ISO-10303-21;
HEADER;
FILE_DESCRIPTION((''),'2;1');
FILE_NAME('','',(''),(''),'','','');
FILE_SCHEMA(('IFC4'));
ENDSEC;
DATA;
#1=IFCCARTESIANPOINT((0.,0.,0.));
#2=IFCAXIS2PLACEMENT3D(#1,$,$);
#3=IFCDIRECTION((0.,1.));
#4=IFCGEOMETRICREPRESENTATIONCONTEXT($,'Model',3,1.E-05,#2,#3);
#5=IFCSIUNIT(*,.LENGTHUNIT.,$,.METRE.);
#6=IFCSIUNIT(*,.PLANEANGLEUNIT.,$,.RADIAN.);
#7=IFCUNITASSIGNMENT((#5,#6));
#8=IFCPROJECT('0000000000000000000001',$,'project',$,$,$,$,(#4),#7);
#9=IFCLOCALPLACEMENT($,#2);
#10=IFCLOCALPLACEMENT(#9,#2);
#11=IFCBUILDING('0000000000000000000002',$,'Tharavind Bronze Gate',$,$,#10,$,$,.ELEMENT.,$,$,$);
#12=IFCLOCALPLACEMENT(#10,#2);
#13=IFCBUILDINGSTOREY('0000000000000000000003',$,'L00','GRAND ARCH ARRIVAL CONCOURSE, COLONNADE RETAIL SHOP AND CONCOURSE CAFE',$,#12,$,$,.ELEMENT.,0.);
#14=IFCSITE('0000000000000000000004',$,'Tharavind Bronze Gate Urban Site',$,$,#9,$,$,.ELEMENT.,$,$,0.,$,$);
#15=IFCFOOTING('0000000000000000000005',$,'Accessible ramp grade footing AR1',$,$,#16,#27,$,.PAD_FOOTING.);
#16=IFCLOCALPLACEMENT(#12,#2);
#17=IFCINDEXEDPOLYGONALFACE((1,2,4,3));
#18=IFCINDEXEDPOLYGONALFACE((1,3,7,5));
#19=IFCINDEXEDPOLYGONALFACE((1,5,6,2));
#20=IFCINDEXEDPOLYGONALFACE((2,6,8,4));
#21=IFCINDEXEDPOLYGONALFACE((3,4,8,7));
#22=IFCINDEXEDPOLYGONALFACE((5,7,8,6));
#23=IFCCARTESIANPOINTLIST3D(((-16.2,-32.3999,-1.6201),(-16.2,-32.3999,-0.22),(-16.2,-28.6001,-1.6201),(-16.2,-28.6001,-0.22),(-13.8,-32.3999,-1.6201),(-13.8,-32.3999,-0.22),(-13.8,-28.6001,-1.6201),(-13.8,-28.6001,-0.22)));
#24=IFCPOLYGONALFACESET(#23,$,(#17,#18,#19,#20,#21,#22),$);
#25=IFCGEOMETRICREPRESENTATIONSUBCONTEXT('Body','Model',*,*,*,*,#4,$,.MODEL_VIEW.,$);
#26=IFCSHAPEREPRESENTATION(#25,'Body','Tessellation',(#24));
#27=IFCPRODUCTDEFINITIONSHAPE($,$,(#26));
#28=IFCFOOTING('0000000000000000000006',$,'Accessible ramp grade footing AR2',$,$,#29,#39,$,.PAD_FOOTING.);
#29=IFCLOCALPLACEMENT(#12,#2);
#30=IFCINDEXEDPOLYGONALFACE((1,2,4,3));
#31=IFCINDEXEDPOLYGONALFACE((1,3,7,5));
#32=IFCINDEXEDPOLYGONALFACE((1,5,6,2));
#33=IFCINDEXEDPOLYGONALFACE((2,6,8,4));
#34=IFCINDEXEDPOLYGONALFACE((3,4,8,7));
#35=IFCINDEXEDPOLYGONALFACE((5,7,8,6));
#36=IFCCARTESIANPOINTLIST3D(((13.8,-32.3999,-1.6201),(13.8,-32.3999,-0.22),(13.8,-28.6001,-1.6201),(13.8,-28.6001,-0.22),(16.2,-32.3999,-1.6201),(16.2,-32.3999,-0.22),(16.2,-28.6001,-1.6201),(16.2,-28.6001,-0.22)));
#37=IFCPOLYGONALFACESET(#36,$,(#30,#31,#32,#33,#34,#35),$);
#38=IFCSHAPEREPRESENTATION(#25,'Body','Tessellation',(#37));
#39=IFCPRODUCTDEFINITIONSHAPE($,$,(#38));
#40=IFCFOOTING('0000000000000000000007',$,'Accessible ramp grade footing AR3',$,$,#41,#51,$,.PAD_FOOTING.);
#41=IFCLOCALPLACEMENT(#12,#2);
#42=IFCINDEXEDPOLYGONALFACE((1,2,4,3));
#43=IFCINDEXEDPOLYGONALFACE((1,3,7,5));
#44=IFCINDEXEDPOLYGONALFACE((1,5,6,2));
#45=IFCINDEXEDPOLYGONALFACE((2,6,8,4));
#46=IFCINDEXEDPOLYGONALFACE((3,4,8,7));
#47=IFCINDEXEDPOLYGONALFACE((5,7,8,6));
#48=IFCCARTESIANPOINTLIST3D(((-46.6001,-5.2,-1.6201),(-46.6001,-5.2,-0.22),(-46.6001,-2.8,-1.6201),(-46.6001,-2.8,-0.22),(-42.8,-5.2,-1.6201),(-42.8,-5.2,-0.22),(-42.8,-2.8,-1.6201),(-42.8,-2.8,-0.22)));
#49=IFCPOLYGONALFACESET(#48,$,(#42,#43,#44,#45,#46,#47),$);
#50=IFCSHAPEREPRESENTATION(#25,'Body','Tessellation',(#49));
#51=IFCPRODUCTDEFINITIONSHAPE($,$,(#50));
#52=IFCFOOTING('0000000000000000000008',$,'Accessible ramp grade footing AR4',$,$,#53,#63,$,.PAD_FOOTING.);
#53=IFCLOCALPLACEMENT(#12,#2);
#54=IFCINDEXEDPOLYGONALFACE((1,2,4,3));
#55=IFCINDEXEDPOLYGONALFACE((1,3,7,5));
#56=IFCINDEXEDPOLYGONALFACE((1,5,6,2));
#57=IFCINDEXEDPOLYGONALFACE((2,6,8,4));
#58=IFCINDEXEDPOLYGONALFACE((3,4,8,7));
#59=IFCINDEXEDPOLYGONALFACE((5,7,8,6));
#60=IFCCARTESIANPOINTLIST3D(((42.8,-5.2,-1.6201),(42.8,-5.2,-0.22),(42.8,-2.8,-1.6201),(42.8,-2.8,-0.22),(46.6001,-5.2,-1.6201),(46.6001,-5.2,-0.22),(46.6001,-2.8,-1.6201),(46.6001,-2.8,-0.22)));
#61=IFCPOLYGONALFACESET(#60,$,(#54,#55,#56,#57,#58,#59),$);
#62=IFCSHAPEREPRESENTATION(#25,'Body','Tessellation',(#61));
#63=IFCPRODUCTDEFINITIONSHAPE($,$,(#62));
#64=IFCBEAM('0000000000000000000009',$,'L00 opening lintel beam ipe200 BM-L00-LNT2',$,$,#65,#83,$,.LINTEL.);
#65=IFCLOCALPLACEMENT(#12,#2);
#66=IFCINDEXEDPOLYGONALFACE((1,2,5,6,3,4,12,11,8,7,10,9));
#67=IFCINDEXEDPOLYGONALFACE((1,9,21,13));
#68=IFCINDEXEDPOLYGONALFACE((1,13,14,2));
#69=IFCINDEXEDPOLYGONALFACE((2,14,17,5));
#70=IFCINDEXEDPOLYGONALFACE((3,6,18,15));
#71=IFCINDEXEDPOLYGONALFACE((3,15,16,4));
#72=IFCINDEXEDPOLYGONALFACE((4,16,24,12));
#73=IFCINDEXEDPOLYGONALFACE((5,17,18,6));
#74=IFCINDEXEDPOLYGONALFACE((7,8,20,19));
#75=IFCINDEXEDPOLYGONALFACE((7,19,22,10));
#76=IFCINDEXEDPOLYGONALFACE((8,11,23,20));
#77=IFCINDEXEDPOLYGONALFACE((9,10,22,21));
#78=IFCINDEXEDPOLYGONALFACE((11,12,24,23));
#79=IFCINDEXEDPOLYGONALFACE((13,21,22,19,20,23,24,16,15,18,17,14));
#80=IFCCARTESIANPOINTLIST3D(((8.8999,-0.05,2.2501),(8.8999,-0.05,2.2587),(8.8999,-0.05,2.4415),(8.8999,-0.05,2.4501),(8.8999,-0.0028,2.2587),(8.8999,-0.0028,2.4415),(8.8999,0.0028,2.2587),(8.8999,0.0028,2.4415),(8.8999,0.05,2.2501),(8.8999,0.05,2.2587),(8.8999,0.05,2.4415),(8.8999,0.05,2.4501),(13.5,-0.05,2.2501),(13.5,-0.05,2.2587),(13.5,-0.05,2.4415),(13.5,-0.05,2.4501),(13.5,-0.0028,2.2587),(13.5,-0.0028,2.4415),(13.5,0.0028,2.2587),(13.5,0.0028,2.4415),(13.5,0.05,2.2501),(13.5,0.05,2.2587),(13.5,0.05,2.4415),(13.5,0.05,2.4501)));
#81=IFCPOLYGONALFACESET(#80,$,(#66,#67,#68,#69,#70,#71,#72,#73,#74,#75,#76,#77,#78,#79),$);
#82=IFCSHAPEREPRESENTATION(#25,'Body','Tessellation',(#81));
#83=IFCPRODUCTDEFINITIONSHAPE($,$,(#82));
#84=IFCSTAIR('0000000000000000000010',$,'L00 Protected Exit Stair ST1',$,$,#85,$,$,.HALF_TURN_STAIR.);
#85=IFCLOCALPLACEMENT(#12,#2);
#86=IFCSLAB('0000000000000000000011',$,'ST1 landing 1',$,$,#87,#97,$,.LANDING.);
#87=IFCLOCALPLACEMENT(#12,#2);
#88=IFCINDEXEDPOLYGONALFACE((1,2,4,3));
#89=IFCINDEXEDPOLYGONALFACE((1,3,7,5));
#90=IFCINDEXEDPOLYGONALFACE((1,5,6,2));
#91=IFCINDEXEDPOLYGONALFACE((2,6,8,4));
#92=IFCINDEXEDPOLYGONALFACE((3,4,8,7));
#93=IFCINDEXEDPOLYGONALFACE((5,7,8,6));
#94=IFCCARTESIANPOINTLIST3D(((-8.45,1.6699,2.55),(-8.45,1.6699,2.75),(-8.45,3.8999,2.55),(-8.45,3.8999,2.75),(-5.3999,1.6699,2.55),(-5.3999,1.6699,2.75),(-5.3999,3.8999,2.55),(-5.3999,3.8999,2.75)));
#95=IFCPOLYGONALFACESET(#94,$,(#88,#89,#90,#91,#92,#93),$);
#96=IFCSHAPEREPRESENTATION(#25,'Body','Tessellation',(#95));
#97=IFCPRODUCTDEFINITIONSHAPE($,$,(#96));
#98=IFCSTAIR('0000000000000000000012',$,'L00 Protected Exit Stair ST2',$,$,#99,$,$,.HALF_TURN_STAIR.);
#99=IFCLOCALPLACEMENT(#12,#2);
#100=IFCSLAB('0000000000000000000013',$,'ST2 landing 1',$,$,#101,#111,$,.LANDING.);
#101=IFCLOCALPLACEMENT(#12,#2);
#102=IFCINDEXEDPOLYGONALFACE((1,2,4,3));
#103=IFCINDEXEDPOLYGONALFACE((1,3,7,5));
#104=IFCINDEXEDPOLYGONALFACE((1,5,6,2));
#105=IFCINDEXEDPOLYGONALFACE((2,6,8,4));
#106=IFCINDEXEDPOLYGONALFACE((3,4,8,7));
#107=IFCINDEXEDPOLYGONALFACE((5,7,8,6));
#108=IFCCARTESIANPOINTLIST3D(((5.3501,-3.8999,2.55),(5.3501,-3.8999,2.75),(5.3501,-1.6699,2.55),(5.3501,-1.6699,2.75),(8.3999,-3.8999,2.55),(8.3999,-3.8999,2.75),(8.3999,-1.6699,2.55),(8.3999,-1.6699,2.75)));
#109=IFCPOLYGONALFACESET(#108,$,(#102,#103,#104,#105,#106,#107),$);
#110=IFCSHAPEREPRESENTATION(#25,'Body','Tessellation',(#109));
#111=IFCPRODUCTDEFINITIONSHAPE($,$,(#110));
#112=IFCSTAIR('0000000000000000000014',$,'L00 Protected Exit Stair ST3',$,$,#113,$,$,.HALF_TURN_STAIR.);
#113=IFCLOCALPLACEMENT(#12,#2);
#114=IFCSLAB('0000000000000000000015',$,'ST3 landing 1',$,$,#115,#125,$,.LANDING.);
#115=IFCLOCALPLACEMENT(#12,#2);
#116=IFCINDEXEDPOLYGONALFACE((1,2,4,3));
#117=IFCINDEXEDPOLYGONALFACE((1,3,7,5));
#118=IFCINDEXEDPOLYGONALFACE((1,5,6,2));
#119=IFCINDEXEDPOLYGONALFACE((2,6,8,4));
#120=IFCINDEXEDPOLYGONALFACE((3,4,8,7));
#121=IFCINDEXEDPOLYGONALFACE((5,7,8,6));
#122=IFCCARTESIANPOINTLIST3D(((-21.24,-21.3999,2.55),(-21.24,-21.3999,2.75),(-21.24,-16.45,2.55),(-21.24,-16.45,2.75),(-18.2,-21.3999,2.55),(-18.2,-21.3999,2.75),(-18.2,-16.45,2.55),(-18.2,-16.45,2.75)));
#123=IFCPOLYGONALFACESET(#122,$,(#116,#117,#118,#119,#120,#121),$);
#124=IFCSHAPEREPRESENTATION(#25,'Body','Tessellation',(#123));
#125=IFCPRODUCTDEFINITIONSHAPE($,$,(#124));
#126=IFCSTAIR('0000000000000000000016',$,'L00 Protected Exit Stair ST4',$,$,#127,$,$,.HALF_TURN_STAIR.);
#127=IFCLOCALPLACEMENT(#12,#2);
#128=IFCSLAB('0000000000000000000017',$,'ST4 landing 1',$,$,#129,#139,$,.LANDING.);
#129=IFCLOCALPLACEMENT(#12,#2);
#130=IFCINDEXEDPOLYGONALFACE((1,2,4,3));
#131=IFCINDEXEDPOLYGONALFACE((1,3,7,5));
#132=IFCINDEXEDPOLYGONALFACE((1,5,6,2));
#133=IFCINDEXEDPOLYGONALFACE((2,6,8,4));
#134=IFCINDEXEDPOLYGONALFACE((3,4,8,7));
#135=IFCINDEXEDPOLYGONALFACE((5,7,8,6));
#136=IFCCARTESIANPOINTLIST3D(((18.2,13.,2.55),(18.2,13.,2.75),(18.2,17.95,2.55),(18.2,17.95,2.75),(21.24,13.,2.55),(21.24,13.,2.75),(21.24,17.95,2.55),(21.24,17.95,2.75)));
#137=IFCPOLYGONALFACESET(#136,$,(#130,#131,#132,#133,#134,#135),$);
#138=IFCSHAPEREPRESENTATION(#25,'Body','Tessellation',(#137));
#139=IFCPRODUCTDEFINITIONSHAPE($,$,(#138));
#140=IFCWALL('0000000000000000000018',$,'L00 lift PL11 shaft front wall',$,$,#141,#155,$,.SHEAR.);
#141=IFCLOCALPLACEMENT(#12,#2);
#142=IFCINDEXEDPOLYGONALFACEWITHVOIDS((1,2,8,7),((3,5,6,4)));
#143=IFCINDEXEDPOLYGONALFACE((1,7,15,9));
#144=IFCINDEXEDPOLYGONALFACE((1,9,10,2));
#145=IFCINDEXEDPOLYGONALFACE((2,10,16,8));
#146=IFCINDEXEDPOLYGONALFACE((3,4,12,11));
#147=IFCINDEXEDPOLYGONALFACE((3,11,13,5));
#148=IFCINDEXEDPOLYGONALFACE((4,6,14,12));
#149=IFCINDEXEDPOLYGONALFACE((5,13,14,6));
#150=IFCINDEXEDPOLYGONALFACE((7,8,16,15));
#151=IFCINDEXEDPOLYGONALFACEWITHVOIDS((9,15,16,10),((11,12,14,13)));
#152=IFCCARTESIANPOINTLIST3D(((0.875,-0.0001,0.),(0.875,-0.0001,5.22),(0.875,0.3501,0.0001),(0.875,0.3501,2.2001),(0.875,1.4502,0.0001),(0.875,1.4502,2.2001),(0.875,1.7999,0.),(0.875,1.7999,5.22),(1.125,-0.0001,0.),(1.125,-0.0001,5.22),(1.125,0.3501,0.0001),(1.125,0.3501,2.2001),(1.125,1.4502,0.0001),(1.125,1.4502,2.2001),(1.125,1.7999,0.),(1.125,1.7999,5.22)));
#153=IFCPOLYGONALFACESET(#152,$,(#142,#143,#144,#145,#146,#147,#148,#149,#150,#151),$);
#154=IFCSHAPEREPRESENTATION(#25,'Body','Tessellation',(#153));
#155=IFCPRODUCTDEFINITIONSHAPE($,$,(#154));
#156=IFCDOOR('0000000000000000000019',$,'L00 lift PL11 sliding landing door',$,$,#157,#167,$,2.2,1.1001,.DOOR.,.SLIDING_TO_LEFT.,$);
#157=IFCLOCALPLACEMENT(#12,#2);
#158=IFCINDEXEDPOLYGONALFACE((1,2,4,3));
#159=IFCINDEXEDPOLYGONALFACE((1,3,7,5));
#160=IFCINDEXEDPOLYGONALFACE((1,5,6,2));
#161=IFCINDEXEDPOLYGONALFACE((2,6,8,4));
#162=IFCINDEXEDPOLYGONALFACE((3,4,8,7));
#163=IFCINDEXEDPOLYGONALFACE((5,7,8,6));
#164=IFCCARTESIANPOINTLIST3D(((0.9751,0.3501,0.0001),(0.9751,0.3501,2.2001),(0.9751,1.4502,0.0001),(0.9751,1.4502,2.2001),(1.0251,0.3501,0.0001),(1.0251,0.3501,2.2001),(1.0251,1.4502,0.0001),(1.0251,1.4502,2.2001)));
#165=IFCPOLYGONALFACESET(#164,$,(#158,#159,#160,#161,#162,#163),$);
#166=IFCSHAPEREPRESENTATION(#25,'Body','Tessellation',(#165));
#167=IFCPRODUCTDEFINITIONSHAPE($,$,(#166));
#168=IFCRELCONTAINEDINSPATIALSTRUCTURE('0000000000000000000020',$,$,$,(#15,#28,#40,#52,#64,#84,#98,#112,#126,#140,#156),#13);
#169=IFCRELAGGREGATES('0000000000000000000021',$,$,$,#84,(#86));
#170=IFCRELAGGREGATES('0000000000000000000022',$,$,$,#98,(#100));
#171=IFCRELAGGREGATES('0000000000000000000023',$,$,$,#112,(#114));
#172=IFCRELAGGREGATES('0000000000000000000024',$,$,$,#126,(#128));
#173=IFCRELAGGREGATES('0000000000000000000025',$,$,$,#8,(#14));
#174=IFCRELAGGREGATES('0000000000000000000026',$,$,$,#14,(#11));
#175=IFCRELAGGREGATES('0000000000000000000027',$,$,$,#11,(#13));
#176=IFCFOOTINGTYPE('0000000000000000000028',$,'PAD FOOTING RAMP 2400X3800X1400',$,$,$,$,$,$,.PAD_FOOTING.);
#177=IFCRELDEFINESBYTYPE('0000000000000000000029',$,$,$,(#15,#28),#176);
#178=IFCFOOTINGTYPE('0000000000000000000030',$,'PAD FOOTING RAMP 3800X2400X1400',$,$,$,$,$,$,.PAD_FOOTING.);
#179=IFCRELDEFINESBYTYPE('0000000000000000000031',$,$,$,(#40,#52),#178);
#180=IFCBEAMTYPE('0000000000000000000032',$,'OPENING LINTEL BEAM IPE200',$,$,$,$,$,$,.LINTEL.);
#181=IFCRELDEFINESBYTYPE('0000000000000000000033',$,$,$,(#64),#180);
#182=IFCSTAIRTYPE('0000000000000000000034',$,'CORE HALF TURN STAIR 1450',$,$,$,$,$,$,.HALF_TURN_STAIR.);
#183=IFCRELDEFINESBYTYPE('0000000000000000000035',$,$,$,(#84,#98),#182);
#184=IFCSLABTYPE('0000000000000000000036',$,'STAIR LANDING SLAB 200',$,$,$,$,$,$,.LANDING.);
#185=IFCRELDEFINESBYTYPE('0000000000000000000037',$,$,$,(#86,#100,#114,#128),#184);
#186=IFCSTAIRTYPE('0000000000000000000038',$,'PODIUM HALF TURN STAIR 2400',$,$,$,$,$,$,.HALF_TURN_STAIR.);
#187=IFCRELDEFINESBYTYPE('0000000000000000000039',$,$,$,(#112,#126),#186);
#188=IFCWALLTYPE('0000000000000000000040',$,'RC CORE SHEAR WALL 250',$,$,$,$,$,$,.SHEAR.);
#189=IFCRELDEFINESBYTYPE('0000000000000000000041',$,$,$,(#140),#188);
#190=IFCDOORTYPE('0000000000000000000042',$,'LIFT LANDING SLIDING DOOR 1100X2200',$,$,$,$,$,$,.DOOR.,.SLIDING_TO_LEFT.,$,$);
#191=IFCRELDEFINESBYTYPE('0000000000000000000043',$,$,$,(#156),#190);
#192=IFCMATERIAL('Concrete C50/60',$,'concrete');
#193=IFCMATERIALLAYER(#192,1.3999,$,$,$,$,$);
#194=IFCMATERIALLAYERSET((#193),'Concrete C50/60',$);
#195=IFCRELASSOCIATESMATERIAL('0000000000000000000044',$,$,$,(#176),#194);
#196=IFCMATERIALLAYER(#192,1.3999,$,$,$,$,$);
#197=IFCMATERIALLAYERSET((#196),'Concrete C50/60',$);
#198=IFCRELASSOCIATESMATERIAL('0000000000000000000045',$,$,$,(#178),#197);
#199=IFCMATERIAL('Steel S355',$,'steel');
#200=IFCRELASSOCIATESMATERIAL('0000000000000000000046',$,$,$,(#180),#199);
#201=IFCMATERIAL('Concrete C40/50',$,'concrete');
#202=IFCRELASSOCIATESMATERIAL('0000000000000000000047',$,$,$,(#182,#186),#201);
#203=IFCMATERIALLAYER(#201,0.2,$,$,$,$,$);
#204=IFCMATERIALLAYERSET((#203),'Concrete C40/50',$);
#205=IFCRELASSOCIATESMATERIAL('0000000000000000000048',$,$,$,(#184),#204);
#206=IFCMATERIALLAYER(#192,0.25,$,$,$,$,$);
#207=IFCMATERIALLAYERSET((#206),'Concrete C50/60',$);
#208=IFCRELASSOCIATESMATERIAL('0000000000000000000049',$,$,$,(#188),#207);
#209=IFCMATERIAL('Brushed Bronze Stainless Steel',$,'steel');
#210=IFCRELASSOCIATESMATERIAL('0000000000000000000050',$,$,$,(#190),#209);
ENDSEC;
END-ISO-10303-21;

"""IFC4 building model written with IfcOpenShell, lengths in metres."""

from ifc_helpers import new_model, si_unit, direction, frame, frame_2d, origin, origin_2d, place, context, subcontext, project, spatial, polyline, rectangle, i_section, outline, extrude, material, layer, layer_set, material_profile, profile_set, type_object, element, fill, aggregate, save


model = new_model("IFC4")

# Units and contexts
model_context = context("Model", 3, precision=1e-05, world=origin(), true_north=direction((0.0, 1.0)))
body_context = subcontext(model_context, "Body", "Model", "MODEL_VIEW")
ifc_project = project(units=[si_unit("LENGTHUNIT", "METRE"), si_unit("PLANEANGLEUNIT", "RADIAN")], contexts=[model_context])

# Site, building, storey
site_placement = place(None, origin())
site = spatial("IfcSite", under=ifc_project, at=site_placement, Name="Tharavind Bronze Gate Urban Site", CompositionType="ELEMENT", RefElevation=0.0)
building_placement = place(site_placement, origin())
building = spatial("IfcBuilding", under=site, at=building_placement, Name="Tharavind Bronze Gate", CompositionType="ELEMENT")
storey_placement = place(building_placement, origin())
storey = spatial("IfcBuildingStorey", under=building, at=storey_placement, Name="L00", Description="GRAND ARCH ARRIVAL CONCOURSE, COLONNADE RETAIL SHOP AND CONCOURSE CAFE", CompositionType="ELEMENT", Elevation=0.0)

# Footings
ifc_material_1 = material(Name="Concrete C50/60", Category="concrete")
ifc_layer_1 = layer(ifc_material_1, 1.3999)
ifc_layer_set_1 = layer_set([ifc_layer_1], Name="Concrete C50/60")
footing_type_1 = type_object("IfcFootingType", Name="PAD FOOTING RAMP 2400X3800X1400", PredefinedType="PAD_FOOTING", material=ifc_layer_set_1)
footing_1_placement = place(storey_placement, frame((0.0, 0.0, -1.6201)))
element("IfcFooting", 1, at=footing_1_placement, inside=storey, type_object=footing_type_1, Name="Accessible ramp grade footing AR1", PredefinedType="PAD_FOOTING", context=body_context, shape_type="SweptSolid", body=[
    extrude(outline(polyline([(-16.2, -32.3999), (-13.8, -32.3999), (-13.8, -28.6001), (-16.2, -28.6001), (-16.2, -32.3999)])), origin(), (0.0, 0.0, 1.0), 1.4001),
])
footing_2_placement = place(storey_placement, frame((0.0, 0.0, -1.6201)))
element("IfcFooting", 2, at=footing_2_placement, inside=storey, type_object=footing_type_1, Name="Accessible ramp grade footing AR2", PredefinedType="PAD_FOOTING", context=body_context, shape_type="SweptSolid", body=[
    extrude(outline(polyline([(13.8, -32.3999), (16.2, -32.3999), (16.2, -28.6001), (13.8, -28.6001), (13.8, -32.3999)])), origin(), (0.0, 0.0, 1.0), 1.4001),
])
ifc_layer_2 = layer(ifc_material_1, 1.3999)
ifc_layer_set_2 = layer_set([ifc_layer_2], Name="Concrete C50/60")
footing_type_2 = type_object("IfcFootingType", Name="PAD FOOTING RAMP 3800X2400X1400", PredefinedType="PAD_FOOTING", material=ifc_layer_set_2)
footing_3_placement = place(storey_placement, frame((0.0, 0.0, -1.6201)))
element("IfcFooting", 3, at=footing_3_placement, inside=storey, type_object=footing_type_2, Name="Accessible ramp grade footing AR3", PredefinedType="PAD_FOOTING", context=body_context, shape_type="SweptSolid", body=[
    extrude(outline(polyline([(-46.6001, -5.2), (-42.8, -5.2), (-42.8, -2.8), (-46.6001, -2.8), (-46.6001, -5.2)])), origin(), (0.0, 0.0, 1.0), 1.4001),
])
footing_4_placement = place(storey_placement, frame((0.0, 0.0, -1.6201)))
element("IfcFooting", 4, at=footing_4_placement, inside=storey, type_object=footing_type_2, Name="Accessible ramp grade footing AR4", PredefinedType="PAD_FOOTING", context=body_context, shape_type="SweptSolid", body=[
    extrude(outline(polyline([(42.8, -5.2), (46.6001, -5.2), (46.6001, -2.8), (42.8, -2.8), (42.8, -5.2)])), origin(), (0.0, 0.0, 1.0), 1.4001),
])

# Beam
ifc_material_2 = material(Name="Steel S355", Category="steel")
ifc_material_profile = material_profile(ifc_material_2, i_section(OverallWidth=0.1001, OverallDepth=0.2, WebThickness=0.0056, FlangeThickness=0.0085, at=origin_2d()), Name="IPE200")
ifc_profile_set = profile_set([ifc_material_profile], Name="Steel S355")
beam_type = type_object("IfcBeamType", Name="OPENING LINTEL BEAM IPE200", PredefinedType="LINTEL", material=ifc_profile_set)
beam_placement = place(storey_placement, frame((8.8999, 0.0, 2.3501), z_axis=(1.0, 0.0, 0.0), x_axis=(0.0, 1.0, 0.0)))
element("IfcBeam", 5, at=beam_placement, inside=storey, type_object=beam_type, Name="L00 opening lintel beam ipe200 BM-L00-LNT2", PredefinedType="LINTEL", context=body_context, shape_type="SweptSolid", body=[
    extrude(i_section(OverallWidth=0.1001, OverallDepth=0.2, WebThickness=0.0056, FlangeThickness=0.0085, at=origin_2d()), origin(), (0.0, 0.0, 1.0), 4.6001),
])

# Stairs, slabs
ifc_material_3 = material(Name="Concrete C40/50", Category="concrete")
stair_type_1 = type_object("IfcStairType", Name="CORE HALF TURN STAIR 1450", PredefinedType="HALF_TURN_STAIR", material=ifc_material_3)
stair_1_placement = place(storey_placement, origin())
stair_1 = element("IfcStair", 6, at=stair_1_placement, inside=storey, type_object=stair_type_1, Name="L00 Protected Exit Stair ST1", PredefinedType="HALF_TURN_STAIR")
ifc_layer_3 = layer(ifc_material_3, 0.2)
ifc_layer_set_3 = layer_set([ifc_layer_3], Name="Concrete C40/50")
slab_type = type_object("IfcSlabType", Name="STAIR LANDING SLAB 200", PredefinedType="LANDING", material=ifc_layer_set_3)
slab_1_placement = place(storey_placement, frame((0.0, 0.0, 2.55)))
slab_1 = element("IfcSlab", 7, at=slab_1_placement, type_object=slab_type, Name="ST1 landing 1", PredefinedType="LANDING", context=body_context, shape_type="SweptSolid", body=[
    extrude(outline(polyline([(-5.3999, 1.6699), (-5.3999, 3.8999), (-8.45, 3.8999), (-8.45, 1.6699), (-5.3999, 1.6699)])), origin(), (0.0, 0.0, 1.0), 0.2),
])
aggregate(stair_1, [slab_1])
stair_2_placement = place(storey_placement, origin())
stair_2 = element("IfcStair", 8, at=stair_2_placement, inside=storey, type_object=stair_type_1, Name="L00 Protected Exit Stair ST2", PredefinedType="HALF_TURN_STAIR")
slab_2_placement = place(storey_placement, frame((0.0, 0.0, 2.55)))
slab_2 = element("IfcSlab", 9, at=slab_2_placement, type_object=slab_type, Name="ST2 landing 1", PredefinedType="LANDING", context=body_context, shape_type="SweptSolid", body=[
    extrude(outline(polyline([(5.3501, -1.6699), (5.3501, -3.8999), (8.3999, -3.8999), (8.3999, -1.6699), (5.3501, -1.6699)])), origin(), (0.0, 0.0, 1.0), 0.2),
])
aggregate(stair_2, [slab_2])
stair_type_2 = type_object("IfcStairType", Name="PODIUM HALF TURN STAIR 2400", PredefinedType="HALF_TURN_STAIR", material=ifc_material_3)
stair_3_placement = place(storey_placement, origin())
stair_3 = element("IfcStair", 10, at=stair_3_placement, inside=storey, type_object=stair_type_2, Name="L00 Protected Exit Stair ST3", PredefinedType="HALF_TURN_STAIR")
slab_3_placement = place(storey_placement, frame((0.0, 0.0, 2.55)))
slab_3 = element("IfcSlab", 11, at=slab_3_placement, type_object=slab_type, Name="ST3 landing 1", PredefinedType="LANDING", context=body_context, shape_type="SweptSolid", body=[
    extrude(outline(polyline([(-21.24, -21.3999), (-18.2, -21.3999), (-18.2, -16.45), (-21.24, -16.45), (-21.24, -21.3999)])), origin(), (0.0, 0.0, 1.0), 0.2),
])
aggregate(stair_3, [slab_3])
stair_4_placement = place(storey_placement, origin())
stair_4 = element("IfcStair", 12, at=stair_4_placement, inside=storey, type_object=stair_type_2, Name="L00 Protected Exit Stair ST4", PredefinedType="HALF_TURN_STAIR")
slab_4_placement = place(storey_placement, frame((0.0, 0.0, 2.55)))
slab_4 = element("IfcSlab", 13, at=slab_4_placement, type_object=slab_type, Name="ST4 landing 1", PredefinedType="LANDING", context=body_context, shape_type="SweptSolid", body=[
    extrude(outline(polyline([(21.24, 17.95), (18.2, 17.95), (18.2, 13.0), (21.24, 13.0), (21.24, 17.95)])), origin(), (0.0, 0.0, 1.0), 0.2),
])
aggregate(stair_4, [slab_4])

# Wall, opening, door
ifc_layer_4 = layer(ifc_material_1, 0.25)
ifc_layer_set_4 = layer_set([ifc_layer_4], Name="Concrete C50/60")
wall_type_1 = type_object("IfcWallType", Name="RC CORE SHEAR WALL 250", PredefinedType="SHEAR", material=ifc_layer_set_4)
wall_1_placement = place(storey_placement, frame((1.0, 0.0, 0.0), z_axis=(0.0, 0.0, 1.0), x_axis=(0.0, 1.0, 0.0)))
wall_1 = element("IfcWall", 14, at=wall_1_placement, inside=storey, type_object=wall_type_1, Name="L00 lift PL11 shaft front wall", PredefinedType="SHEAR", context=body_context, shape_type="SweptSolid", body=[
    extrude(rectangle(XDim=1.8, YDim=0.25, at=frame_2d((0.8999, 0.0))), origin(), (0.0, 0.0, 1.0), 5.22),
])
opening_1_placement = place(wall_1_placement, frame((0.3501, 0.0, 0.0)))
opening_1 = element("IfcOpeningElement", 15, at=opening_1_placement, cuts=wall_1, PredefinedType="OPENING", context=body_context, shape_type="SweptSolid", body=[
    extrude(rectangle(XDim=1.1001, YDim=2.2, at=frame_2d((0.55, 1.1001))), frame((0.0, 0.135, 0.0), z_axis=(0.0, -1.0, 0.0), x_axis=(1.0, 0.0, 0.0)), (0.0, 0.0, 1.0), 0.27),
])
ifc_material_4 = material(Name="Brushed Bronze Stainless Steel", Category="steel")
door_type = type_object("IfcDoorType", Name="LIFT LANDING SLIDING DOOR 1100X2200", OperationType="SLIDING_TO_LEFT", PredefinedType="DOOR", material=ifc_material_4)
door_1_placement = place(opening_1_placement, origin())
door_1 = element("IfcDoor", 16, at=door_1_placement, inside=storey, type_object=door_type, Name="L00 lift PL11 sliding landing door", OperationType="SLIDING_TO_LEFT", OverallHeight=2.2, OverallWidth=1.1001, PredefinedType="DOOR", context=body_context, shape_type="SweptSolid", body=[
    extrude(rectangle(XDim=1.1001, YDim=2.2, at=frame_2d((0.55, 1.1001))), frame((0.0, 0.0249, 0.0), z_axis=(0.0, -1.0, 0.0), x_axis=(1.0, 0.0, 0.0)), (0.0, 0.0, 1.0), 0.05),
])
fill(opening_1, door_1)

save(model, "model.ifc")
